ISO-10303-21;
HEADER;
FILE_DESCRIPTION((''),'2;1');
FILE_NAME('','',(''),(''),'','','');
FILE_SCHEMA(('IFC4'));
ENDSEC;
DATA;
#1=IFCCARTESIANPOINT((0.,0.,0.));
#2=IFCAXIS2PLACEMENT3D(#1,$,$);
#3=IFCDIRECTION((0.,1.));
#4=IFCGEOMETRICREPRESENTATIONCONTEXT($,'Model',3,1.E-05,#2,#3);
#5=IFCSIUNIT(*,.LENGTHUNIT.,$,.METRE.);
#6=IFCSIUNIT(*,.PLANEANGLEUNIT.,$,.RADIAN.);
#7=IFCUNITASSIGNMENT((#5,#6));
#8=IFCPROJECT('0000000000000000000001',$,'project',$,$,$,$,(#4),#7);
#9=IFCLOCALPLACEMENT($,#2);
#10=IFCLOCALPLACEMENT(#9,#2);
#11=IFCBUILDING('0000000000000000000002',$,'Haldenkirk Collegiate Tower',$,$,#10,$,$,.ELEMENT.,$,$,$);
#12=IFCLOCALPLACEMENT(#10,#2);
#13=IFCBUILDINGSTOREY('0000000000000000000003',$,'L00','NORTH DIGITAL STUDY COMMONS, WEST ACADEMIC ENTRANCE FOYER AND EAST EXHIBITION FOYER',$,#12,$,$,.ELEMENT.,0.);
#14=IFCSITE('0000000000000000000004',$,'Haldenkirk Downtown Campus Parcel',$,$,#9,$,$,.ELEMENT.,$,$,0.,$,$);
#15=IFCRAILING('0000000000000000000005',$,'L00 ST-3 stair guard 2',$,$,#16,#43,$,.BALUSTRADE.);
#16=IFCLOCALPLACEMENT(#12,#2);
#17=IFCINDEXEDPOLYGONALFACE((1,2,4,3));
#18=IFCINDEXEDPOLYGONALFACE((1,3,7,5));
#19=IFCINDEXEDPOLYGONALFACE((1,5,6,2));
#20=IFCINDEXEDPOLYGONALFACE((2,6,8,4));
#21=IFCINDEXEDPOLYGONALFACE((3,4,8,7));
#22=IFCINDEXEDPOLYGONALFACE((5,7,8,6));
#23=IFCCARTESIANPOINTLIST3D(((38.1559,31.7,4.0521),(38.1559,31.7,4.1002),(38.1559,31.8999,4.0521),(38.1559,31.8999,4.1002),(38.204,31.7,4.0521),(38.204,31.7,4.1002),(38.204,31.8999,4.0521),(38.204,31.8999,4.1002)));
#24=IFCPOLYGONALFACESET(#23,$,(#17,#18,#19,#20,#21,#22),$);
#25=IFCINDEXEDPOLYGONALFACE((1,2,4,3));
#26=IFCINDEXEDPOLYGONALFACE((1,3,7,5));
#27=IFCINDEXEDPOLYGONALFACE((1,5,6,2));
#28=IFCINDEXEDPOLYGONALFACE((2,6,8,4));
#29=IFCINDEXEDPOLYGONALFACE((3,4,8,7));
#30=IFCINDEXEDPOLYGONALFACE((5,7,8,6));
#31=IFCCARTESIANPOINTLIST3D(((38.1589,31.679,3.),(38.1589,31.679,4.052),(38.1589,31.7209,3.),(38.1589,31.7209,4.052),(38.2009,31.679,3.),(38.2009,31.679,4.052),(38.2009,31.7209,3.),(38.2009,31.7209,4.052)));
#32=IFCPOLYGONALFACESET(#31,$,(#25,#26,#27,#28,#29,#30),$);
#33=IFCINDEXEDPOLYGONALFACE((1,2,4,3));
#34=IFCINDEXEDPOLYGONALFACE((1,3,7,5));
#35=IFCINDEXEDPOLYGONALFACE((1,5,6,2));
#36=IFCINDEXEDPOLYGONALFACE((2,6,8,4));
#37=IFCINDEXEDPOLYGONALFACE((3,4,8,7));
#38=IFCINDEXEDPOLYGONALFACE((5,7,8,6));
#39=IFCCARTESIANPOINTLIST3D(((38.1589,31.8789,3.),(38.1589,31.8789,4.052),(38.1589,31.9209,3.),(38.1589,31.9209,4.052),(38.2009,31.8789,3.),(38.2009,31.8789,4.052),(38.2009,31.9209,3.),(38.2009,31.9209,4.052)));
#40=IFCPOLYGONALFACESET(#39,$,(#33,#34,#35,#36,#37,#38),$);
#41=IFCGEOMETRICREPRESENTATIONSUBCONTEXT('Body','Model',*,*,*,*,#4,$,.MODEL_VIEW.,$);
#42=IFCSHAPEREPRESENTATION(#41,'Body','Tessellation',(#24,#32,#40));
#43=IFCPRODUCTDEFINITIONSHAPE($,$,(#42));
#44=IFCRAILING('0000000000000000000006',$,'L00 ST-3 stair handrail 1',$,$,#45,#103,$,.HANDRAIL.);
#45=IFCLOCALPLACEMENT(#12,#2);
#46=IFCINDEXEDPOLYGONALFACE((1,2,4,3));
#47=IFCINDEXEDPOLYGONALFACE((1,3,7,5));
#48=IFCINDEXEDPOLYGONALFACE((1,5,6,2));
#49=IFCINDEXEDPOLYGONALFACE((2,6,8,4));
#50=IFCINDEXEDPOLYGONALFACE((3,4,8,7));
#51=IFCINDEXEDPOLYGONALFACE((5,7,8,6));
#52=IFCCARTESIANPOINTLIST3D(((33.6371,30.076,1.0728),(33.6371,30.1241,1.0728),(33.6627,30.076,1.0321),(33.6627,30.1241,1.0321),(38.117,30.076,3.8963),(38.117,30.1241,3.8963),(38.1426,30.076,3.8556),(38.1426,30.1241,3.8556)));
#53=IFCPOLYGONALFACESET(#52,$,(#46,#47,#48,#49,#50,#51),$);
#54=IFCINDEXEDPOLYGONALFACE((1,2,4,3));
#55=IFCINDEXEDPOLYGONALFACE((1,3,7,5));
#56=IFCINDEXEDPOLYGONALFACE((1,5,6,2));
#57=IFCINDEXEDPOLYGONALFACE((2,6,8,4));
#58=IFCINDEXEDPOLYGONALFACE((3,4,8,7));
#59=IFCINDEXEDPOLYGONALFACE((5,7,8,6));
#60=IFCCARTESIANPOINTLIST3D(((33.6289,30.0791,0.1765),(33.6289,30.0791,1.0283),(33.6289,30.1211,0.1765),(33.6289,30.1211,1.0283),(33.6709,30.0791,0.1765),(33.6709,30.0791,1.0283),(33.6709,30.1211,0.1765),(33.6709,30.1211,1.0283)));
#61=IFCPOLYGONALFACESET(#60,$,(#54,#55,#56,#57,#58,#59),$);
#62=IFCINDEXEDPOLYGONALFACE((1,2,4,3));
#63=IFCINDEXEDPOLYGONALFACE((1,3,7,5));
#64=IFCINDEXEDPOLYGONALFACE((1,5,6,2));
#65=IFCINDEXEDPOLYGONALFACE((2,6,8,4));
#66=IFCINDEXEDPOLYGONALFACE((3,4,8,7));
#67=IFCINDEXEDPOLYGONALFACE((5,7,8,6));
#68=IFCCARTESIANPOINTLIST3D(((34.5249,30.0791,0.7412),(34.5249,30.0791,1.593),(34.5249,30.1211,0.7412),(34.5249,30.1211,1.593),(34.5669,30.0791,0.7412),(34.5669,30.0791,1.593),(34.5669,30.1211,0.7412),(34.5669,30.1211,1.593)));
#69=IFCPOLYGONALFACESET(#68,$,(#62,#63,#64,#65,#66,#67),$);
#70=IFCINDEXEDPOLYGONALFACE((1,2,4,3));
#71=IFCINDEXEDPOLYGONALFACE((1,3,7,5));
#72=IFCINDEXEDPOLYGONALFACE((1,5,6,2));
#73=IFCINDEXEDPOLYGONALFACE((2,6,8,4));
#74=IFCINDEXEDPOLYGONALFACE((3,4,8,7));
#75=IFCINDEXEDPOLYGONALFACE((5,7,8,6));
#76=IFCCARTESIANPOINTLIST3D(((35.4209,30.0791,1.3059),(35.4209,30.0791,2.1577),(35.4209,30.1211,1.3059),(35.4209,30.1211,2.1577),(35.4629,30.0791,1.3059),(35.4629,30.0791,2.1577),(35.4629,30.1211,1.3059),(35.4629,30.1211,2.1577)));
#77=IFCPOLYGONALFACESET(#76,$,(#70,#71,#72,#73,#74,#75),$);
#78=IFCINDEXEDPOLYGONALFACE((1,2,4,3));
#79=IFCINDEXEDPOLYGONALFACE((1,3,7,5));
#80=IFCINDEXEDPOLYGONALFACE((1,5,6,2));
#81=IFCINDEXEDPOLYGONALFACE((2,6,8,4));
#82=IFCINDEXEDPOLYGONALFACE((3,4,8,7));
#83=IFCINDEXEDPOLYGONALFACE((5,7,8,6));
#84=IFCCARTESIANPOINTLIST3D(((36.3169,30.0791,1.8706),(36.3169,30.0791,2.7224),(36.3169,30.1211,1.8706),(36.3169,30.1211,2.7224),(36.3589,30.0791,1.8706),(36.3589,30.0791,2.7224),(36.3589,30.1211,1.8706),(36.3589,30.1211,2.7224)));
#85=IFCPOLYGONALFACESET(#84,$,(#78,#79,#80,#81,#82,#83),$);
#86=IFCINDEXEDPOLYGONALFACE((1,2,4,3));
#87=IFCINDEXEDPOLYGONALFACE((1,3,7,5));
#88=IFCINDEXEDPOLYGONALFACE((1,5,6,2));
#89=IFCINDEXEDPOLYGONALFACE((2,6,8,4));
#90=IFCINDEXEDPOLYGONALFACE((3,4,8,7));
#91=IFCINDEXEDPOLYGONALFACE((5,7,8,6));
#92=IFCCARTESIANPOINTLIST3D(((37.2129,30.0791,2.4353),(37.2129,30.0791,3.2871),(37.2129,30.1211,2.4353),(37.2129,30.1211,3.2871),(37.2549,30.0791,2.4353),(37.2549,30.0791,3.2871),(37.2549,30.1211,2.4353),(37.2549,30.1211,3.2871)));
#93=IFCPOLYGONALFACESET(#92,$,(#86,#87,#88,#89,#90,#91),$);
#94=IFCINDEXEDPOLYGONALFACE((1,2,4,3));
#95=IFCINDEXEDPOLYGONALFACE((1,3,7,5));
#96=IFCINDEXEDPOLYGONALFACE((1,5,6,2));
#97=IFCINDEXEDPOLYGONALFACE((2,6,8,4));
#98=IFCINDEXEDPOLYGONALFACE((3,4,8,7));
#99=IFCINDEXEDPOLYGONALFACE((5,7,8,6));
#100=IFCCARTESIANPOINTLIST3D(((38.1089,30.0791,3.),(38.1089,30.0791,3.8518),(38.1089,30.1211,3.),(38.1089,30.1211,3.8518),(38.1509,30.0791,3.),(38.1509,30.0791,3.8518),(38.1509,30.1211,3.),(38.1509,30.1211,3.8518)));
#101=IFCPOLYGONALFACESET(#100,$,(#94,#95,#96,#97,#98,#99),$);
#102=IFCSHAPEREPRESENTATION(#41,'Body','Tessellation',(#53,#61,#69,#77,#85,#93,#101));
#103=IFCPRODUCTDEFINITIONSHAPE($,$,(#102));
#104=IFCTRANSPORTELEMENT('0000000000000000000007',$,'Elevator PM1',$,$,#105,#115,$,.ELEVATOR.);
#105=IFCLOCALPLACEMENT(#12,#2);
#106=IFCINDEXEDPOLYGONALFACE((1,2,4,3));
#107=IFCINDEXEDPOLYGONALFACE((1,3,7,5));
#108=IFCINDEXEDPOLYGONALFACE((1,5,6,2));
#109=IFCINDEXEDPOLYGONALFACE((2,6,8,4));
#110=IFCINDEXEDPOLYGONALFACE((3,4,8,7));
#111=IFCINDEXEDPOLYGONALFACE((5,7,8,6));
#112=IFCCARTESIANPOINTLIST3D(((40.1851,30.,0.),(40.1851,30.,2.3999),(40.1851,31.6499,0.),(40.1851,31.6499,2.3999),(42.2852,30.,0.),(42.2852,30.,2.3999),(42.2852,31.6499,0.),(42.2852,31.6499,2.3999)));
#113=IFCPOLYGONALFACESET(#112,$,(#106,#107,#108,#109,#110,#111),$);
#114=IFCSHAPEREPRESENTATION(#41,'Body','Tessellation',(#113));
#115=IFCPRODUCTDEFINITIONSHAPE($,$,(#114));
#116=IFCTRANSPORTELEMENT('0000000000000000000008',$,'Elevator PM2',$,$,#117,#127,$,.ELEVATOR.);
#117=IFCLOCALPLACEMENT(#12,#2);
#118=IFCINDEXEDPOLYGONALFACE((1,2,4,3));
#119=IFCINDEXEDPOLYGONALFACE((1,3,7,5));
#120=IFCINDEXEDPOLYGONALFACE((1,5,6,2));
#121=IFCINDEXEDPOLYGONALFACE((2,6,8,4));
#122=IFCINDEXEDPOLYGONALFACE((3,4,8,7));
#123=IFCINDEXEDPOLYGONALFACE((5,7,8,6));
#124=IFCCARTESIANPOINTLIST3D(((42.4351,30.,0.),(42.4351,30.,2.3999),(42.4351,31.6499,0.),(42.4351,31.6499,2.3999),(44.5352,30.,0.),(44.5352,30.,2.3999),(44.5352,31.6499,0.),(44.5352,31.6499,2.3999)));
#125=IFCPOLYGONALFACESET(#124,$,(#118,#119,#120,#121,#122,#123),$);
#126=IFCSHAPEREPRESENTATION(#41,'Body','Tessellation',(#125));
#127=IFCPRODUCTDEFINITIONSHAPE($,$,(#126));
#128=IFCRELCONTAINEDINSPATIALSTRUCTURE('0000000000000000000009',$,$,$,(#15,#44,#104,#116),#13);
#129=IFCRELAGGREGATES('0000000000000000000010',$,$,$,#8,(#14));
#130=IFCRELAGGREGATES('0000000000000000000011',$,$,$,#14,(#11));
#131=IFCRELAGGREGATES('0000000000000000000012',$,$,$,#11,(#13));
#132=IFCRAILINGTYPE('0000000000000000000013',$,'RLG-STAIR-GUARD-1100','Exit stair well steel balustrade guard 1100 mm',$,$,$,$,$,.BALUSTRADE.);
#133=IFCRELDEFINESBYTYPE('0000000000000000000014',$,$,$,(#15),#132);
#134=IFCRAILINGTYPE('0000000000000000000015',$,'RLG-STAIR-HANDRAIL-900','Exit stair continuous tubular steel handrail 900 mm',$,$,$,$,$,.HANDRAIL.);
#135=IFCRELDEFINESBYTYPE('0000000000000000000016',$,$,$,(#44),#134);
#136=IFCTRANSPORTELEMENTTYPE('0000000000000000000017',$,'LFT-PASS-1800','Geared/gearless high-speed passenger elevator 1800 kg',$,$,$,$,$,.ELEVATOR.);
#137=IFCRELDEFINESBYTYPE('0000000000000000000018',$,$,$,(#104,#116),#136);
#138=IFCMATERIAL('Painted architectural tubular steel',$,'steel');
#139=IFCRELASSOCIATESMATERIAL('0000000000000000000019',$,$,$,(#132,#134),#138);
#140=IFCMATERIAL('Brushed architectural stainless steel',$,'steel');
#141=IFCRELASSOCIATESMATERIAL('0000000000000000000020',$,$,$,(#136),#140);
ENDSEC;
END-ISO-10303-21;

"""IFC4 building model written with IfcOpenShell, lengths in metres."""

from ifc_helpers import new_model, si_unit, direction, frame, origin, origin_2d, place, context, subcontext, project, spatial, rectangle, extrude, material, type_object, element, save


model = new_model("IFC4")

# Units and contexts
model_context = context("Model", 3, precision=1e-05, world=origin(), true_north=direction((0.0, 1.0)))
body_context = subcontext(model_context, "Body", "Model", "MODEL_VIEW")
ifc_project = project(units=[si_unit("LENGTHUNIT", "METRE"), si_unit("PLANEANGLEUNIT", "RADIAN")], contexts=[model_context])

# Site, building, storey
site_placement = place(None, origin())
site = spatial("IfcSite", under=ifc_project, at=site_placement, Name="Haldenkirk Downtown Campus Parcel", CompositionType="ELEMENT", RefElevation=0.0)
building_placement = place(site_placement, origin())
building = spatial("IfcBuilding", under=site, at=building_placement, Name="Haldenkirk Collegiate Tower", CompositionType="ELEMENT")
storey_placement = place(building_placement, origin())
storey = spatial("IfcBuildingStorey", under=building, at=storey_placement, Name="L00", Description="NORTH DIGITAL STUDY COMMONS, WEST ACADEMIC ENTRANCE FOYER AND EAST EXHIBITION FOYER", CompositionType="ELEMENT", Elevation=0.0)

# Shared definitions
ifc_material_1 = material(Name="Brushed architectural stainless steel", Category="steel")

# Railings
ifc_material_2 = material(Name="Painted architectural tubular steel", Category="steel")
railing_type_1 = type_object("IfcRailingType", Name="RLG-STAIR-GUARD-1100", Description="Exit stair well steel balustrade guard 1100 mm", PredefinedType="BALUSTRADE", material=ifc_material_2)
railing_1_placement = place(storey_placement, frame((38.1799, 31.7, 3.0)))
element("IfcRailing", 1, at=railing_1_placement, inside=storey, type_object=railing_type_1, Name="L00 ST-3 stair guard 2", PredefinedType="BALUSTRADE", context=body_context, shape_type="SweptSolid", body=[
    extrude(rectangle(XDim=0.0481, YDim=0.0481, at=origin_2d()), frame((0.0, 0.0, 1.0762), z_axis=(0.0, 1.0, 0.0), x_axis=(-1.0, 0.0, 0.0)), (0.0, 0.0, 1.0), 0.2),
    extrude(rectangle(XDim=0.042, YDim=0.042, at=origin_2d()), origin(), (0.0, 0.0, 1.0), 1.052),
    extrude(rectangle(XDim=0.042, YDim=0.042, at=origin_2d()), frame((0.0, 0.2, 0.0)), (0.0, 0.0, 1.0), 1.052),
])
railing_type_2 = type_object("IfcRailingType", Name="RLG-STAIR-HANDRAIL-900", Description="Exit stair continuous tubular steel handrail 900 mm", PredefinedType="HANDRAIL", material=ifc_material_2)
railing_2_placement = place(storey_placement, frame((33.6499, 30.1001, 0.1765)))
element("IfcRailing", 2, at=railing_2_placement, inside=storey, type_object=railing_type_2, Name="L00 ST-3 stair handrail 1", PredefinedType="HANDRAIL", context=body_context, shape_type="SweptSolid", body=[
    extrude(rectangle(XDim=0.0481, YDim=0.0481, at=origin_2d()), frame((0.0, 0.0, 0.876), z_axis=(0.845998, 0.0, 0.533186), x_axis=(0.0, 1.0, 0.0)), (0.0, 0.0, 1.0), 5.2954),
    extrude(rectangle(XDim=0.042, YDim=0.042, at=origin_2d()), origin(), (0.0, 0.0, 1.0), 0.8518),
    extrude(rectangle(XDim=0.042, YDim=0.042, at=origin_2d()), frame((0.896, 0.0, 0.5647)), (0.0, 0.0, 1.0), 0.8518),
    extrude(rectangle(XDim=0.042, YDim=0.042, at=origin_2d()), frame((1.792, 0.0, 1.1294)), (0.0, 0.0, 1.0), 0.8518),
    extrude(rectangle(XDim=0.042, YDim=0.042, at=origin_2d()), frame((2.688, 0.0, 1.6941)), (0.0, 0.0, 1.0), 0.8518),
    extrude(rectangle(XDim=0.042, YDim=0.042, at=origin_2d()), frame((3.584, 0.0, 2.2588)), (0.0, 0.0, 1.0), 0.8518),
    extrude(rectangle(XDim=0.042, YDim=0.042, at=origin_2d()), frame((4.48, 0.0, 2.8235)), (0.0, 0.0, 1.0), 0.8518),
])

# Transport elements
transport_element_type = type_object("IfcTransportElementType", Name="LFT-PASS-1800", Description="Geared/gearless high-speed passenger elevator 1800 kg", PredefinedType="ELEVATOR", material=ifc_material_1)
for number, where, z_axis, x_axis, name in (
    (3, (41.2351, 30.825, 0.0), (0.0, 0.0, 1.0), (1.0, 0.0, 0.0), "Elevator PM1"),
    (4, (43.4851, 30.825, 0.0), (0.0, 0.0, 1.0), (1.0, 0.0, 0.0), "Elevator PM2"),
):
    element("IfcTransportElement", number, at=place(storey_placement, frame(where, z_axis=z_axis, x_axis=x_axis)), inside=storey, type_object=transport_element_type, Name=name, PredefinedType="ELEVATOR", context=body_context, shape_type="SweptSolid", body=[
        extrude(rectangle(XDim=2.1001, YDim=1.6499, at=origin_2d()), origin(), (0.0, 0.0, 1.0), 2.3999),
    ])

save(model, "model.ifc")
